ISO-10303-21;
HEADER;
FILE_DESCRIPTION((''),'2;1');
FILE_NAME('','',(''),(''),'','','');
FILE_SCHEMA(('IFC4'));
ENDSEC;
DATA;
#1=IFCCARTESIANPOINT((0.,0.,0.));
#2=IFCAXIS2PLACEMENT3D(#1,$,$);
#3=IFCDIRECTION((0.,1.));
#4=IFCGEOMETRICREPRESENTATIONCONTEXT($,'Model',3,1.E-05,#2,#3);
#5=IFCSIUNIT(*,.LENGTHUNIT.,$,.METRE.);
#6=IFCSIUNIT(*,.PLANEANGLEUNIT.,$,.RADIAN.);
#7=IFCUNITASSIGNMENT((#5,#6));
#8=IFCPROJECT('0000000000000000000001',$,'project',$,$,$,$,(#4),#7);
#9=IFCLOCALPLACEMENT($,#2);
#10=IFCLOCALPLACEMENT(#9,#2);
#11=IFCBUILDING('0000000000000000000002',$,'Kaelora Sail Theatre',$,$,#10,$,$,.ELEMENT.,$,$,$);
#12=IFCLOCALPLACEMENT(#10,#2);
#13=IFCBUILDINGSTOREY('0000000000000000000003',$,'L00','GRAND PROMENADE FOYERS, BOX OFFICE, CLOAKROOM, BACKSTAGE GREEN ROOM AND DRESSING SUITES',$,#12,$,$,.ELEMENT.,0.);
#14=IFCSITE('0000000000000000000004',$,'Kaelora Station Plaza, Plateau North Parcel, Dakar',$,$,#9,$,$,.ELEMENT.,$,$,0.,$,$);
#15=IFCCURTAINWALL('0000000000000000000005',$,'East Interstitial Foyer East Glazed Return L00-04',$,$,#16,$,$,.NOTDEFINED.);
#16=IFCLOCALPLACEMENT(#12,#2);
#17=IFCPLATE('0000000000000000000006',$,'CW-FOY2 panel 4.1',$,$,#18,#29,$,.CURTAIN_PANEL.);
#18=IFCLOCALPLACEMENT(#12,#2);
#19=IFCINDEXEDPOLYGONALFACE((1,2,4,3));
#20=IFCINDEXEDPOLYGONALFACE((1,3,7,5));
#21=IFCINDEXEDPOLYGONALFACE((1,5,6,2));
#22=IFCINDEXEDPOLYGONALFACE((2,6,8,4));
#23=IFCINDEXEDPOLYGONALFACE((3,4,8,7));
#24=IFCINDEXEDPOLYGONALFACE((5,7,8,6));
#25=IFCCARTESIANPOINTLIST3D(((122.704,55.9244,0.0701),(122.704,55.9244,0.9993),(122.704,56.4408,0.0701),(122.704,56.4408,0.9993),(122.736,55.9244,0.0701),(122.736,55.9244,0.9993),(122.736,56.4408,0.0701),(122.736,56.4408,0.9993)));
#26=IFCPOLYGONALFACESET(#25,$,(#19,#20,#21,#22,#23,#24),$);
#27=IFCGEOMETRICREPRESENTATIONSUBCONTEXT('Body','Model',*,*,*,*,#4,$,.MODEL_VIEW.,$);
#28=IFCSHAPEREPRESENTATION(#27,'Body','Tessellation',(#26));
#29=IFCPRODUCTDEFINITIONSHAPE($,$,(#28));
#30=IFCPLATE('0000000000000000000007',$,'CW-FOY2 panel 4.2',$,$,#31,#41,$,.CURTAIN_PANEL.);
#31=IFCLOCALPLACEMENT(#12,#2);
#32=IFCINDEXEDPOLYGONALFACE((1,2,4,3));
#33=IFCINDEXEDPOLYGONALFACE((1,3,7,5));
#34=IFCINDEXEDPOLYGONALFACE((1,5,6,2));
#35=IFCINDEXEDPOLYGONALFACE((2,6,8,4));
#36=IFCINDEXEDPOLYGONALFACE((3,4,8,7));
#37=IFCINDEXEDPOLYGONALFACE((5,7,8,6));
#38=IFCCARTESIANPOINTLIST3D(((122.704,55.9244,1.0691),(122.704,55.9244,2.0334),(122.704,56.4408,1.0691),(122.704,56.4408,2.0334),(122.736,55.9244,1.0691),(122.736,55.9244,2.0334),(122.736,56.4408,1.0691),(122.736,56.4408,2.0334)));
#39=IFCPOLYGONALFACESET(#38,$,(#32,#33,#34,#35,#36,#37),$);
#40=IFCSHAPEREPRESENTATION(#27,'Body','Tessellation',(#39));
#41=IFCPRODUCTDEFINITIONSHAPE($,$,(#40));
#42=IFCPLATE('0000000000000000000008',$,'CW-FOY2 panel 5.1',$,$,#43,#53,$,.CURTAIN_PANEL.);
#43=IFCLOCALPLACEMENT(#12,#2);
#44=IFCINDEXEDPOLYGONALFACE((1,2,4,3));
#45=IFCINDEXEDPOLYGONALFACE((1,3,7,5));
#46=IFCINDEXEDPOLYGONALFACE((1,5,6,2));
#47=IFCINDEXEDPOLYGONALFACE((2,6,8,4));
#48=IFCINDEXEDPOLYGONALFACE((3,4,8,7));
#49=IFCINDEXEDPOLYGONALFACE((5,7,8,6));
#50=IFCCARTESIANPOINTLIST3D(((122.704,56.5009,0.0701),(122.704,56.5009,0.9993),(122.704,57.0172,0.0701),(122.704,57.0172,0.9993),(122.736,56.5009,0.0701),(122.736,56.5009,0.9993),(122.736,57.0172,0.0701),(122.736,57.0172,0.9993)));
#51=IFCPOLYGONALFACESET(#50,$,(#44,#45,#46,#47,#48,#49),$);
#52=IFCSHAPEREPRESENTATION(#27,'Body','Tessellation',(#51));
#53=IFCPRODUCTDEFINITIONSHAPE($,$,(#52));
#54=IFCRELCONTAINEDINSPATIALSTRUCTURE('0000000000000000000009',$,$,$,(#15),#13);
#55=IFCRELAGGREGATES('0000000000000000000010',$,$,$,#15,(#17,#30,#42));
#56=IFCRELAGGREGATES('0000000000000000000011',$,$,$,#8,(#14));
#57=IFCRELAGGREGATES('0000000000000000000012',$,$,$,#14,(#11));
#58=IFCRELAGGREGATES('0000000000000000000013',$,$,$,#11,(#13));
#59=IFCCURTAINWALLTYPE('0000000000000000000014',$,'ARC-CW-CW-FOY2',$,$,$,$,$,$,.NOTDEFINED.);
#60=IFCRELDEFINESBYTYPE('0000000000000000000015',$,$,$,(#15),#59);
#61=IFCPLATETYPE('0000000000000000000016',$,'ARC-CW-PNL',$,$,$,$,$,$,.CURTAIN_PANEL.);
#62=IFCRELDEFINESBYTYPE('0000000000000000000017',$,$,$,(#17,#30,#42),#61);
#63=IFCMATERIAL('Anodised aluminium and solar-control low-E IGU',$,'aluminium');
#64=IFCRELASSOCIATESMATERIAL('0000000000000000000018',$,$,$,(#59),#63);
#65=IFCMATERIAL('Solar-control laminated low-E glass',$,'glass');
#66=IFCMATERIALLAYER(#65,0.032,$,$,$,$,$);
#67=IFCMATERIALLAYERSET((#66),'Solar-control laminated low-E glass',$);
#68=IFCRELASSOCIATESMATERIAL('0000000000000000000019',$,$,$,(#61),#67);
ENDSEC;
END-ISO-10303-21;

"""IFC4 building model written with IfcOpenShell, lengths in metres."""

from ifc_helpers import new_model, si_unit, direction, frame, origin, origin_2d, place, context, subcontext, project, spatial, rectangle, extrude, material, layer, layer_set, type_object, element, aggregate, save


model = new_model("IFC4")

# Units and contexts
model_context = context("Model", 3, precision=1e-05, world=origin(), true_north=direction((0.0, 1.0)))
body_context = subcontext(model_context, "Body", "Model", "MODEL_VIEW")
ifc_project = project(units=[si_unit("LENGTHUNIT", "METRE"), si_unit("PLANEANGLEUNIT", "RADIAN")], contexts=[model_context])

# Site, building, storey
site_placement = place(None, origin())
site = spatial("IfcSite", under=ifc_project, at=site_placement, Name="Kaelora Station Plaza, Plateau North Parcel, Dakar", CompositionType="ELEMENT", RefElevation=0.0)
building_placement = place(site_placement, origin())
building = spatial("IfcBuilding", under=site, at=building_placement, Name="Kaelora Sail Theatre", CompositionType="ELEMENT")
storey_placement = place(building_placement, origin())
storey = spatial("IfcBuildingStorey", under=building, at=storey_placement, Name="L00", Description="GRAND PROMENADE FOYERS, BOX OFFICE, CLOAKROOM, BACKSTAGE GREEN ROOM AND DRESSING SUITES", CompositionType="ELEMENT", Elevation=0.0)

# Curtain wall, plates
ifc_material_1 = material(Name="Anodised aluminium and solar-control low-E IGU", Category="aluminium")
curtain_wall_type = type_object("IfcCurtainWallType", Name="ARC-CW-CW-FOY2", PredefinedType="NOTDEFINED", material=ifc_material_1)
curtain_wall_placement = place(storey_placement, origin())
curtain_wall = element("IfcCurtainWall", 1, at=curtain_wall_placement, inside=storey, type_object=curtain_wall_type, Name="East Interstitial Foyer East Glazed Return L00-04", PredefinedType="NOTDEFINED")
ifc_material_2 = material(Name="Solar-control laminated low-E glass", Category="glass")
ifc_layer = layer(ifc_material_2, 0.032)
ifc_layer_set = layer_set([ifc_layer], Name="Solar-control laminated low-E glass")
plate_type = type_object("IfcPlateType", Name="ARC-CW-PNL", PredefinedType="CURTAIN_PANEL", material=ifc_layer_set)
plate_1_placement = place(storey_placement, frame((122.72, 56.1826, 0.0701), z_axis=(0.0, 0.0, 1.0), x_axis=(0.0, 1.0, 0.0)))
plate_1 = element("IfcPlate", 2, at=plate_1_placement, type_object=plate_type, Name="CW-FOY2 panel 4.1", PredefinedType="CURTAIN_PANEL", context=body_context, shape_type="SweptSolid", body=[
    extrude(rectangle(XDim=0.5164, YDim=0.032, at=origin_2d()), origin(), (0.0, 0.0, 1.0), 0.9292),
])
plate_2_placement = place(storey_placement, frame((122.72, 56.1826, 1.0691), z_axis=(0.0, 0.0, 1.0), x_axis=(0.0, 1.0, 0.0)))
plate_2 = element("IfcPlate", 3, at=plate_2_placement, type_object=plate_type, Name="CW-FOY2 panel 4.2", PredefinedType="CURTAIN_PANEL", context=body_context, shape_type="SweptSolid", body=[
    extrude(rectangle(XDim=0.5164, YDim=0.032, at=origin_2d()), origin(), (0.0, 0.0, 1.0), 0.9644),
])
plate_3_placement = place(storey_placement, frame((122.72, 56.759, 0.0701), z_axis=(0.0, 0.0, 1.0), x_axis=(0.0, 1.0, 0.0)))
plate_3 = element("IfcPlate", 4, at=plate_3_placement, type_object=plate_type, Name="CW-FOY2 panel 5.1", PredefinedType="CURTAIN_PANEL", context=body_context, shape_type="SweptSolid", body=[
    extrude(rectangle(XDim=0.5164, YDim=0.032, at=origin_2d()), origin(), (0.0, 0.0, 1.0), 0.9292),
])
aggregate(curtain_wall, [plate_1, plate_2, plate_3])

save(model, "model.ifc")
